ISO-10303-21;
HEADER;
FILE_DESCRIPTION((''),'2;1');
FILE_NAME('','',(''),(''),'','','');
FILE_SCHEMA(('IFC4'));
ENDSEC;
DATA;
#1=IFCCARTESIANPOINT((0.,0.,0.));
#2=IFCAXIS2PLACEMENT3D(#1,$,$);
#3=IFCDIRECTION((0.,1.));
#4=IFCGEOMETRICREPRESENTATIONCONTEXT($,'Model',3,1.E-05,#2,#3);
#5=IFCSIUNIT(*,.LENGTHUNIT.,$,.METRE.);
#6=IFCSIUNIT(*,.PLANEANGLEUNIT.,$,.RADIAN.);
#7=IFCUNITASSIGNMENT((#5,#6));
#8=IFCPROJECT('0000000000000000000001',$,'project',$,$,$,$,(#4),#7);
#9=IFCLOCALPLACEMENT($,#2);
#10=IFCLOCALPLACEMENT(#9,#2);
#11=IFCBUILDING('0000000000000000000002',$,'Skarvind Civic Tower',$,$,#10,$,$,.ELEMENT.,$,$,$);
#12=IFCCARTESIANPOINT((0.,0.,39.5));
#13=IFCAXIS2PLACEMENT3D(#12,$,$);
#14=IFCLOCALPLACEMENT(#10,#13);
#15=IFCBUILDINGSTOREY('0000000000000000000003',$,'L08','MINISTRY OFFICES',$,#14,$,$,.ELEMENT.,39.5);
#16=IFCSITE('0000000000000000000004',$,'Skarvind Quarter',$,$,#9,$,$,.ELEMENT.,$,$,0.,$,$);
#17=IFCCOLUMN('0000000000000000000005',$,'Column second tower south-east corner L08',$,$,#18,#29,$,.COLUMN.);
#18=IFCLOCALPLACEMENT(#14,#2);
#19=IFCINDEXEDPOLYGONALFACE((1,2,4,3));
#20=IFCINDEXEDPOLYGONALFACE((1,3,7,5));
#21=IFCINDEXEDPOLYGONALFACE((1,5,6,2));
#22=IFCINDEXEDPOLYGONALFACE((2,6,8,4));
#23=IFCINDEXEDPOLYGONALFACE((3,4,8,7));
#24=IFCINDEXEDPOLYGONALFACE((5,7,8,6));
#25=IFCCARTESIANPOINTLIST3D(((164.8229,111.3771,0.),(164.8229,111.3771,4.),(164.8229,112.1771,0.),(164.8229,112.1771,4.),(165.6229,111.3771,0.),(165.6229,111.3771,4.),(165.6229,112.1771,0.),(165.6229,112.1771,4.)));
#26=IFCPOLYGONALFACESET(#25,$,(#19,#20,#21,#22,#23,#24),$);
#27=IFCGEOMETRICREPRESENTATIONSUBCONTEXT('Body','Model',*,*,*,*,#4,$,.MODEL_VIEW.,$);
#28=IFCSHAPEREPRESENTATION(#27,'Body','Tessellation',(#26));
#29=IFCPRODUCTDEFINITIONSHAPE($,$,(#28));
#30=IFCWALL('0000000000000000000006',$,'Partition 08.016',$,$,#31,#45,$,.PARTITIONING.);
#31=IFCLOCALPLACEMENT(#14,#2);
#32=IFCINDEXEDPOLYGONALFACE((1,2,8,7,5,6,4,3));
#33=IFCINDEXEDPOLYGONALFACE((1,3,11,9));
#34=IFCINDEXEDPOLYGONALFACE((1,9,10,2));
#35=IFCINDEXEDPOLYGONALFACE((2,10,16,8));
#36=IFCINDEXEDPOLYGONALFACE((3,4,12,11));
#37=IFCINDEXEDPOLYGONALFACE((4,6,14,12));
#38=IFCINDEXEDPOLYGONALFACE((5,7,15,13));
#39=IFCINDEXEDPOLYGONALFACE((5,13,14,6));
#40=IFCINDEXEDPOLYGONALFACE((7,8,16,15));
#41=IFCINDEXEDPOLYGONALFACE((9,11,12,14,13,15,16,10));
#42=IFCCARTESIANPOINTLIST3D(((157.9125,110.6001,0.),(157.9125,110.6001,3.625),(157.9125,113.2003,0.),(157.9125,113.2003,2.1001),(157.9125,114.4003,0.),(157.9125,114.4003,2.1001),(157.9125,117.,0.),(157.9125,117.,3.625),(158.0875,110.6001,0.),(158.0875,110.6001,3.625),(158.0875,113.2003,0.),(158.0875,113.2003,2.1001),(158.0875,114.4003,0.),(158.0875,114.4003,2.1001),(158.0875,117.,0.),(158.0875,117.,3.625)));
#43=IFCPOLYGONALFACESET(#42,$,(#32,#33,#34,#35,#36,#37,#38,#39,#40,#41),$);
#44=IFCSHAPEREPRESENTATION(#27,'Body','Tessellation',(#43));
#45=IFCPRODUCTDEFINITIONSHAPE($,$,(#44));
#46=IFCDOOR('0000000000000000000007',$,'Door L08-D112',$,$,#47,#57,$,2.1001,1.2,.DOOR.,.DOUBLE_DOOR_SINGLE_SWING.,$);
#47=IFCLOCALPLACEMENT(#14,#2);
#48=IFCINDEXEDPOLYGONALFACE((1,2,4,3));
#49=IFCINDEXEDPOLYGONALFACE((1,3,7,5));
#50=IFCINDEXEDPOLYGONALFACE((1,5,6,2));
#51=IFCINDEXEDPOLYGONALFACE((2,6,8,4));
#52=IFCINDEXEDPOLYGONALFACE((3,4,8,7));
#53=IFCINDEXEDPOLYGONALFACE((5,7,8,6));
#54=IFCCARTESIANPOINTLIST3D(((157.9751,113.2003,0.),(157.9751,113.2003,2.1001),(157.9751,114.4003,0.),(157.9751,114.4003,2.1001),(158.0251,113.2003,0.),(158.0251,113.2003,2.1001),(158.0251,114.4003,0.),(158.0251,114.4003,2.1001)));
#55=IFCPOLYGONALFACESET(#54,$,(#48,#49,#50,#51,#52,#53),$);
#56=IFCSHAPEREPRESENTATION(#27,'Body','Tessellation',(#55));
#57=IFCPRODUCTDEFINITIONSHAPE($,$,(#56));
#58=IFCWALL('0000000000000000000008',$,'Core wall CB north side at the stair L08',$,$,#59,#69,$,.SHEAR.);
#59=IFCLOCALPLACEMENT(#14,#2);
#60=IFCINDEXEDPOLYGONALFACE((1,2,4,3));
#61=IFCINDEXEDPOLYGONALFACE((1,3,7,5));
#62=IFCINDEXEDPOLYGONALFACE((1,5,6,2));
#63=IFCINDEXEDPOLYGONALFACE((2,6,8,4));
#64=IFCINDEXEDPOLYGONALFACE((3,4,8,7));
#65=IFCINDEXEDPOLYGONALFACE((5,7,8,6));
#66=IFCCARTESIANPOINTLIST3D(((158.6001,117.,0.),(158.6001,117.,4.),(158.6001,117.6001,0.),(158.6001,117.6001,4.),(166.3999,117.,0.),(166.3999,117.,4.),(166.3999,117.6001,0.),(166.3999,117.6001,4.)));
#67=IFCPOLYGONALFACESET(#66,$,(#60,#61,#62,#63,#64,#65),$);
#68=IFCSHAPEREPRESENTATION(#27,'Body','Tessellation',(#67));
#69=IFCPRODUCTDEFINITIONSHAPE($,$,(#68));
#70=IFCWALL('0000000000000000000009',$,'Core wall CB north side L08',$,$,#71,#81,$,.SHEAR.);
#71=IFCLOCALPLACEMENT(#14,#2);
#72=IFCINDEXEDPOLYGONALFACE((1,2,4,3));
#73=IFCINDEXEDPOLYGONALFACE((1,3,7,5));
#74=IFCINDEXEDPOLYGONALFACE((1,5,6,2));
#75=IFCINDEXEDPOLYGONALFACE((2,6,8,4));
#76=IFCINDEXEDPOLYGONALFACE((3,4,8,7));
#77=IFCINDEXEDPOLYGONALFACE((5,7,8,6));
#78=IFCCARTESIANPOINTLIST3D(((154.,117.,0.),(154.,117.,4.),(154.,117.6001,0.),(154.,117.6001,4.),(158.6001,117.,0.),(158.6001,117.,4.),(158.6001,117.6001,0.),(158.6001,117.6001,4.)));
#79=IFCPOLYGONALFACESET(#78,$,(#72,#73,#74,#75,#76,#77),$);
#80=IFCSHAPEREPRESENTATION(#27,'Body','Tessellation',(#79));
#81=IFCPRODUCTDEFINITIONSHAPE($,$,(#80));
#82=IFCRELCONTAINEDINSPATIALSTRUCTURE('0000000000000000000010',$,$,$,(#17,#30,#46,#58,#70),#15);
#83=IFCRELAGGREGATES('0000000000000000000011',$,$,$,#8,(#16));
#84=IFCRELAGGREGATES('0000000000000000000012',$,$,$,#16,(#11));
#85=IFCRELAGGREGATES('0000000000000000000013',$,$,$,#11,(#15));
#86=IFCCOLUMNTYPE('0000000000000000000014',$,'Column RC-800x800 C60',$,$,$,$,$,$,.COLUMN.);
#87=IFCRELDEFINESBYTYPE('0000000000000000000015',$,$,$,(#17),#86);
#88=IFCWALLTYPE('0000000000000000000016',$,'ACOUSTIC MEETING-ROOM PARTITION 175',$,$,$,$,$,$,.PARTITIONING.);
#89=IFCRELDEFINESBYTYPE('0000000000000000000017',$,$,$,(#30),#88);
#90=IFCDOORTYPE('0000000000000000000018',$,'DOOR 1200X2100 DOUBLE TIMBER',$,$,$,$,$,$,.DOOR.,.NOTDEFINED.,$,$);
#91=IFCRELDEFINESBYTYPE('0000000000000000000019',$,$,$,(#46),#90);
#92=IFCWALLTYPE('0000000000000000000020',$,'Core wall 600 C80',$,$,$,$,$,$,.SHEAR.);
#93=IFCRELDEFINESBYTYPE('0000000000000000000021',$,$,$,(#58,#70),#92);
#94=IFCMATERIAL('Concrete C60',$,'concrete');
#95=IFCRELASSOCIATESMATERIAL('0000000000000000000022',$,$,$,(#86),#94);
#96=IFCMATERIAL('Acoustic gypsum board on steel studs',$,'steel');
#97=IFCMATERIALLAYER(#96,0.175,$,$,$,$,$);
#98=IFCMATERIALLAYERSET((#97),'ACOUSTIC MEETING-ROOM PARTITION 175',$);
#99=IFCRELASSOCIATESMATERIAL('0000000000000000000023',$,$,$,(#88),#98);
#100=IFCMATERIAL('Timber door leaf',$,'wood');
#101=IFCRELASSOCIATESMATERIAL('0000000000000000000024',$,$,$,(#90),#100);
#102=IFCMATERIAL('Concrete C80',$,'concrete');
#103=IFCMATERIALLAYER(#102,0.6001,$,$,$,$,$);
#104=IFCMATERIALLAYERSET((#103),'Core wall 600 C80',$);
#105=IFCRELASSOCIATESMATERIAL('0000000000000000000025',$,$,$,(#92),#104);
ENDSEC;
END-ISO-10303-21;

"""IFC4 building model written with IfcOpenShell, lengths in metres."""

from ifc_helpers import new_model, si_unit, direction, frame, frame_2d, origin, origin_2d, place, context, subcontext, project, spatial, rectangle, extrude, material, layer, layer_set, material_profile, profile_set, type_object, element, fill, save


model = new_model("IFC4")

# Units and contexts
model_context = context("Model", 3, precision=1e-05, world=origin(), true_north=direction((0.0, 1.0)))
body_context = subcontext(model_context, "Body", "Model", "MODEL_VIEW")
ifc_project = project(units=[si_unit("LENGTHUNIT", "METRE"), si_unit("PLANEANGLEUNIT", "RADIAN")], contexts=[model_context])

# Site, building, storey
site_placement = place(None, origin())
site = spatial("IfcSite", under=ifc_project, at=site_placement, Name="Skarvind Quarter", CompositionType="ELEMENT", RefElevation=0.0)
building_placement = place(site_placement, origin())
building = spatial("IfcBuilding", under=site, at=building_placement, Name="Skarvind Civic Tower", CompositionType="ELEMENT")
storey_placement = place(building_placement, frame((0.0, 0.0, 39.5)))
storey = spatial("IfcBuildingStorey", under=building, at=storey_placement, Name="L08", Description="MINISTRY OFFICES", CompositionType="ELEMENT", Elevation=39.5)

# Column
ifc_material_1 = material(Name="Concrete C60", Category="concrete")
ifc_material_profile = material_profile(ifc_material_1, rectangle(XDim=0.8, YDim=0.8, at=origin_2d()), Name="RC-800x800")
ifc_profile_set = profile_set([ifc_material_profile], Name="Concrete C60")
column_type = type_object("IfcColumnType", Name="Column RC-800x800 C60", PredefinedType="COLUMN", material=ifc_profile_set)
column_placement = place(storey_placement, frame((165.2229, 111.7771, 0.0), z_axis=(0.0, 0.0, 1.0), x_axis=(1.0, 0.0, 0.0)))
element("IfcColumn", 1, at=column_placement, inside=storey, type_object=column_type, Name="Column second tower south-east corner L08", PredefinedType="COLUMN", context=body_context, shape_type="SweptSolid", body=[
    extrude(rectangle(XDim=0.8, YDim=0.8, at=origin_2d()), origin(), (0.0, 0.0, 1.0), 4.0),
])

# Wall, opening, door
ifc_material_2 = material(Name="Acoustic gypsum board on steel studs", Category="steel")
ifc_layer_1 = layer(ifc_material_2, 0.175)
ifc_layer_set_1 = layer_set([ifc_layer_1], Name="ACOUSTIC MEETING-ROOM PARTITION 175")
wall_type_1 = type_object("IfcWallType", Name="ACOUSTIC MEETING-ROOM PARTITION 175", PredefinedType="PARTITIONING", material=ifc_layer_set_1)
wall_1_placement = place(storey_placement, frame((158.0, 110.6001, 0.0), z_axis=(0.0, 0.0, 1.0), x_axis=(0.0, 1.0, 0.0)))
wall_1 = element("IfcWall", 2, at=wall_1_placement, inside=storey, type_object=wall_type_1, Name="Partition 08.016", PredefinedType="PARTITIONING", context=body_context, shape_type="SweptSolid", body=[
    extrude(rectangle(XDim=6.3999, YDim=0.175, at=frame_2d((3.2, 0.0))), origin(), (0.0, 0.0, 1.0), 3.625),
])
opening_1_placement = place(wall_1_placement, frame((2.6001, 0.0, 0.0)))
opening_1 = element("IfcOpeningElement", 3, at=opening_1_placement, cuts=wall_1, PredefinedType="OPENING", context=body_context, shape_type="SweptSolid", body=[
    extrude(rectangle(XDim=1.2, YDim=2.1001, at=frame_2d((0.6001, 1.05))), frame((0.0, 0.0974, 0.0), z_axis=(0.0, -1.0, 0.0), x_axis=(1.0, 0.0, 0.0)), (0.0, 0.0, 1.0), 0.1951),
])
ifc_material_3 = material(Name="Timber door leaf", Category="wood")
door_type = type_object("IfcDoorType", Name="DOOR 1200X2100 DOUBLE TIMBER", OperationType="NOTDEFINED", PredefinedType="DOOR", material=ifc_material_3)
door_placement = place(opening_1_placement, origin())
door = element("IfcDoor", 4, at=door_placement, inside=storey, type_object=door_type, Name="Door L08-D112", OperationType="DOUBLE_DOOR_SINGLE_SWING", OverallHeight=2.1001, OverallWidth=1.2, PredefinedType="DOOR", context=body_context, shape_type="SweptSolid", body=[
    extrude(rectangle(XDim=1.2, YDim=2.1001, at=frame_2d((0.6001, 1.05))), frame((0.0, 0.0249, 0.0), z_axis=(0.0, -1.0, 0.0), x_axis=(1.0, 0.0, 0.0)), (0.0, 0.0, 1.0), 0.05),
])
fill(opening_1, door)

# Walls
ifc_material_4 = material(Name="Concrete C80", Category="concrete")
ifc_layer_2 = layer(ifc_material_4, 0.6001)
ifc_layer_set_2 = layer_set([ifc_layer_2], Name="Core wall 600 C80")
wall_type_2 = type_object("IfcWallType", Name="Core wall 600 C80", PredefinedType="SHEAR", material=ifc_layer_set_2)
wall_2_placement = place(storey_placement, frame((166.3999, 117.3, 0.0), z_axis=(0.0, 0.0, 1.0), x_axis=(-1.0, 0.0, 0.0)))
element("IfcWall", 5, at=wall_2_placement, inside=storey, type_object=wall_type_2, Name="Core wall CB north side at the stair L08", PredefinedType="SHEAR", context=body_context, shape_type="SweptSolid", body=[
    extrude(rectangle(XDim=7.7998, YDim=0.6001, at=frame_2d((3.8999, 0.0))), origin(), (0.0, 0.0, 1.0), 4.0),
])
wall_3_placement = place(storey_placement, frame((158.6001, 117.3, 0.0), z_axis=(0.0, 0.0, 1.0), x_axis=(-1.0, 0.0, 0.0)))
element("IfcWall", 6, at=wall_3_placement, inside=storey, type_object=wall_type_2, Name="Core wall CB north side L08", PredefinedType="SHEAR", context=body_context, shape_type="SweptSolid", body=[
    extrude(rectangle(XDim=4.6001, YDim=0.6001, at=frame_2d((2.3, 0.0))), origin(), (0.0, 0.0, 1.0), 4.0),
])

save(model, "model.ifc")
